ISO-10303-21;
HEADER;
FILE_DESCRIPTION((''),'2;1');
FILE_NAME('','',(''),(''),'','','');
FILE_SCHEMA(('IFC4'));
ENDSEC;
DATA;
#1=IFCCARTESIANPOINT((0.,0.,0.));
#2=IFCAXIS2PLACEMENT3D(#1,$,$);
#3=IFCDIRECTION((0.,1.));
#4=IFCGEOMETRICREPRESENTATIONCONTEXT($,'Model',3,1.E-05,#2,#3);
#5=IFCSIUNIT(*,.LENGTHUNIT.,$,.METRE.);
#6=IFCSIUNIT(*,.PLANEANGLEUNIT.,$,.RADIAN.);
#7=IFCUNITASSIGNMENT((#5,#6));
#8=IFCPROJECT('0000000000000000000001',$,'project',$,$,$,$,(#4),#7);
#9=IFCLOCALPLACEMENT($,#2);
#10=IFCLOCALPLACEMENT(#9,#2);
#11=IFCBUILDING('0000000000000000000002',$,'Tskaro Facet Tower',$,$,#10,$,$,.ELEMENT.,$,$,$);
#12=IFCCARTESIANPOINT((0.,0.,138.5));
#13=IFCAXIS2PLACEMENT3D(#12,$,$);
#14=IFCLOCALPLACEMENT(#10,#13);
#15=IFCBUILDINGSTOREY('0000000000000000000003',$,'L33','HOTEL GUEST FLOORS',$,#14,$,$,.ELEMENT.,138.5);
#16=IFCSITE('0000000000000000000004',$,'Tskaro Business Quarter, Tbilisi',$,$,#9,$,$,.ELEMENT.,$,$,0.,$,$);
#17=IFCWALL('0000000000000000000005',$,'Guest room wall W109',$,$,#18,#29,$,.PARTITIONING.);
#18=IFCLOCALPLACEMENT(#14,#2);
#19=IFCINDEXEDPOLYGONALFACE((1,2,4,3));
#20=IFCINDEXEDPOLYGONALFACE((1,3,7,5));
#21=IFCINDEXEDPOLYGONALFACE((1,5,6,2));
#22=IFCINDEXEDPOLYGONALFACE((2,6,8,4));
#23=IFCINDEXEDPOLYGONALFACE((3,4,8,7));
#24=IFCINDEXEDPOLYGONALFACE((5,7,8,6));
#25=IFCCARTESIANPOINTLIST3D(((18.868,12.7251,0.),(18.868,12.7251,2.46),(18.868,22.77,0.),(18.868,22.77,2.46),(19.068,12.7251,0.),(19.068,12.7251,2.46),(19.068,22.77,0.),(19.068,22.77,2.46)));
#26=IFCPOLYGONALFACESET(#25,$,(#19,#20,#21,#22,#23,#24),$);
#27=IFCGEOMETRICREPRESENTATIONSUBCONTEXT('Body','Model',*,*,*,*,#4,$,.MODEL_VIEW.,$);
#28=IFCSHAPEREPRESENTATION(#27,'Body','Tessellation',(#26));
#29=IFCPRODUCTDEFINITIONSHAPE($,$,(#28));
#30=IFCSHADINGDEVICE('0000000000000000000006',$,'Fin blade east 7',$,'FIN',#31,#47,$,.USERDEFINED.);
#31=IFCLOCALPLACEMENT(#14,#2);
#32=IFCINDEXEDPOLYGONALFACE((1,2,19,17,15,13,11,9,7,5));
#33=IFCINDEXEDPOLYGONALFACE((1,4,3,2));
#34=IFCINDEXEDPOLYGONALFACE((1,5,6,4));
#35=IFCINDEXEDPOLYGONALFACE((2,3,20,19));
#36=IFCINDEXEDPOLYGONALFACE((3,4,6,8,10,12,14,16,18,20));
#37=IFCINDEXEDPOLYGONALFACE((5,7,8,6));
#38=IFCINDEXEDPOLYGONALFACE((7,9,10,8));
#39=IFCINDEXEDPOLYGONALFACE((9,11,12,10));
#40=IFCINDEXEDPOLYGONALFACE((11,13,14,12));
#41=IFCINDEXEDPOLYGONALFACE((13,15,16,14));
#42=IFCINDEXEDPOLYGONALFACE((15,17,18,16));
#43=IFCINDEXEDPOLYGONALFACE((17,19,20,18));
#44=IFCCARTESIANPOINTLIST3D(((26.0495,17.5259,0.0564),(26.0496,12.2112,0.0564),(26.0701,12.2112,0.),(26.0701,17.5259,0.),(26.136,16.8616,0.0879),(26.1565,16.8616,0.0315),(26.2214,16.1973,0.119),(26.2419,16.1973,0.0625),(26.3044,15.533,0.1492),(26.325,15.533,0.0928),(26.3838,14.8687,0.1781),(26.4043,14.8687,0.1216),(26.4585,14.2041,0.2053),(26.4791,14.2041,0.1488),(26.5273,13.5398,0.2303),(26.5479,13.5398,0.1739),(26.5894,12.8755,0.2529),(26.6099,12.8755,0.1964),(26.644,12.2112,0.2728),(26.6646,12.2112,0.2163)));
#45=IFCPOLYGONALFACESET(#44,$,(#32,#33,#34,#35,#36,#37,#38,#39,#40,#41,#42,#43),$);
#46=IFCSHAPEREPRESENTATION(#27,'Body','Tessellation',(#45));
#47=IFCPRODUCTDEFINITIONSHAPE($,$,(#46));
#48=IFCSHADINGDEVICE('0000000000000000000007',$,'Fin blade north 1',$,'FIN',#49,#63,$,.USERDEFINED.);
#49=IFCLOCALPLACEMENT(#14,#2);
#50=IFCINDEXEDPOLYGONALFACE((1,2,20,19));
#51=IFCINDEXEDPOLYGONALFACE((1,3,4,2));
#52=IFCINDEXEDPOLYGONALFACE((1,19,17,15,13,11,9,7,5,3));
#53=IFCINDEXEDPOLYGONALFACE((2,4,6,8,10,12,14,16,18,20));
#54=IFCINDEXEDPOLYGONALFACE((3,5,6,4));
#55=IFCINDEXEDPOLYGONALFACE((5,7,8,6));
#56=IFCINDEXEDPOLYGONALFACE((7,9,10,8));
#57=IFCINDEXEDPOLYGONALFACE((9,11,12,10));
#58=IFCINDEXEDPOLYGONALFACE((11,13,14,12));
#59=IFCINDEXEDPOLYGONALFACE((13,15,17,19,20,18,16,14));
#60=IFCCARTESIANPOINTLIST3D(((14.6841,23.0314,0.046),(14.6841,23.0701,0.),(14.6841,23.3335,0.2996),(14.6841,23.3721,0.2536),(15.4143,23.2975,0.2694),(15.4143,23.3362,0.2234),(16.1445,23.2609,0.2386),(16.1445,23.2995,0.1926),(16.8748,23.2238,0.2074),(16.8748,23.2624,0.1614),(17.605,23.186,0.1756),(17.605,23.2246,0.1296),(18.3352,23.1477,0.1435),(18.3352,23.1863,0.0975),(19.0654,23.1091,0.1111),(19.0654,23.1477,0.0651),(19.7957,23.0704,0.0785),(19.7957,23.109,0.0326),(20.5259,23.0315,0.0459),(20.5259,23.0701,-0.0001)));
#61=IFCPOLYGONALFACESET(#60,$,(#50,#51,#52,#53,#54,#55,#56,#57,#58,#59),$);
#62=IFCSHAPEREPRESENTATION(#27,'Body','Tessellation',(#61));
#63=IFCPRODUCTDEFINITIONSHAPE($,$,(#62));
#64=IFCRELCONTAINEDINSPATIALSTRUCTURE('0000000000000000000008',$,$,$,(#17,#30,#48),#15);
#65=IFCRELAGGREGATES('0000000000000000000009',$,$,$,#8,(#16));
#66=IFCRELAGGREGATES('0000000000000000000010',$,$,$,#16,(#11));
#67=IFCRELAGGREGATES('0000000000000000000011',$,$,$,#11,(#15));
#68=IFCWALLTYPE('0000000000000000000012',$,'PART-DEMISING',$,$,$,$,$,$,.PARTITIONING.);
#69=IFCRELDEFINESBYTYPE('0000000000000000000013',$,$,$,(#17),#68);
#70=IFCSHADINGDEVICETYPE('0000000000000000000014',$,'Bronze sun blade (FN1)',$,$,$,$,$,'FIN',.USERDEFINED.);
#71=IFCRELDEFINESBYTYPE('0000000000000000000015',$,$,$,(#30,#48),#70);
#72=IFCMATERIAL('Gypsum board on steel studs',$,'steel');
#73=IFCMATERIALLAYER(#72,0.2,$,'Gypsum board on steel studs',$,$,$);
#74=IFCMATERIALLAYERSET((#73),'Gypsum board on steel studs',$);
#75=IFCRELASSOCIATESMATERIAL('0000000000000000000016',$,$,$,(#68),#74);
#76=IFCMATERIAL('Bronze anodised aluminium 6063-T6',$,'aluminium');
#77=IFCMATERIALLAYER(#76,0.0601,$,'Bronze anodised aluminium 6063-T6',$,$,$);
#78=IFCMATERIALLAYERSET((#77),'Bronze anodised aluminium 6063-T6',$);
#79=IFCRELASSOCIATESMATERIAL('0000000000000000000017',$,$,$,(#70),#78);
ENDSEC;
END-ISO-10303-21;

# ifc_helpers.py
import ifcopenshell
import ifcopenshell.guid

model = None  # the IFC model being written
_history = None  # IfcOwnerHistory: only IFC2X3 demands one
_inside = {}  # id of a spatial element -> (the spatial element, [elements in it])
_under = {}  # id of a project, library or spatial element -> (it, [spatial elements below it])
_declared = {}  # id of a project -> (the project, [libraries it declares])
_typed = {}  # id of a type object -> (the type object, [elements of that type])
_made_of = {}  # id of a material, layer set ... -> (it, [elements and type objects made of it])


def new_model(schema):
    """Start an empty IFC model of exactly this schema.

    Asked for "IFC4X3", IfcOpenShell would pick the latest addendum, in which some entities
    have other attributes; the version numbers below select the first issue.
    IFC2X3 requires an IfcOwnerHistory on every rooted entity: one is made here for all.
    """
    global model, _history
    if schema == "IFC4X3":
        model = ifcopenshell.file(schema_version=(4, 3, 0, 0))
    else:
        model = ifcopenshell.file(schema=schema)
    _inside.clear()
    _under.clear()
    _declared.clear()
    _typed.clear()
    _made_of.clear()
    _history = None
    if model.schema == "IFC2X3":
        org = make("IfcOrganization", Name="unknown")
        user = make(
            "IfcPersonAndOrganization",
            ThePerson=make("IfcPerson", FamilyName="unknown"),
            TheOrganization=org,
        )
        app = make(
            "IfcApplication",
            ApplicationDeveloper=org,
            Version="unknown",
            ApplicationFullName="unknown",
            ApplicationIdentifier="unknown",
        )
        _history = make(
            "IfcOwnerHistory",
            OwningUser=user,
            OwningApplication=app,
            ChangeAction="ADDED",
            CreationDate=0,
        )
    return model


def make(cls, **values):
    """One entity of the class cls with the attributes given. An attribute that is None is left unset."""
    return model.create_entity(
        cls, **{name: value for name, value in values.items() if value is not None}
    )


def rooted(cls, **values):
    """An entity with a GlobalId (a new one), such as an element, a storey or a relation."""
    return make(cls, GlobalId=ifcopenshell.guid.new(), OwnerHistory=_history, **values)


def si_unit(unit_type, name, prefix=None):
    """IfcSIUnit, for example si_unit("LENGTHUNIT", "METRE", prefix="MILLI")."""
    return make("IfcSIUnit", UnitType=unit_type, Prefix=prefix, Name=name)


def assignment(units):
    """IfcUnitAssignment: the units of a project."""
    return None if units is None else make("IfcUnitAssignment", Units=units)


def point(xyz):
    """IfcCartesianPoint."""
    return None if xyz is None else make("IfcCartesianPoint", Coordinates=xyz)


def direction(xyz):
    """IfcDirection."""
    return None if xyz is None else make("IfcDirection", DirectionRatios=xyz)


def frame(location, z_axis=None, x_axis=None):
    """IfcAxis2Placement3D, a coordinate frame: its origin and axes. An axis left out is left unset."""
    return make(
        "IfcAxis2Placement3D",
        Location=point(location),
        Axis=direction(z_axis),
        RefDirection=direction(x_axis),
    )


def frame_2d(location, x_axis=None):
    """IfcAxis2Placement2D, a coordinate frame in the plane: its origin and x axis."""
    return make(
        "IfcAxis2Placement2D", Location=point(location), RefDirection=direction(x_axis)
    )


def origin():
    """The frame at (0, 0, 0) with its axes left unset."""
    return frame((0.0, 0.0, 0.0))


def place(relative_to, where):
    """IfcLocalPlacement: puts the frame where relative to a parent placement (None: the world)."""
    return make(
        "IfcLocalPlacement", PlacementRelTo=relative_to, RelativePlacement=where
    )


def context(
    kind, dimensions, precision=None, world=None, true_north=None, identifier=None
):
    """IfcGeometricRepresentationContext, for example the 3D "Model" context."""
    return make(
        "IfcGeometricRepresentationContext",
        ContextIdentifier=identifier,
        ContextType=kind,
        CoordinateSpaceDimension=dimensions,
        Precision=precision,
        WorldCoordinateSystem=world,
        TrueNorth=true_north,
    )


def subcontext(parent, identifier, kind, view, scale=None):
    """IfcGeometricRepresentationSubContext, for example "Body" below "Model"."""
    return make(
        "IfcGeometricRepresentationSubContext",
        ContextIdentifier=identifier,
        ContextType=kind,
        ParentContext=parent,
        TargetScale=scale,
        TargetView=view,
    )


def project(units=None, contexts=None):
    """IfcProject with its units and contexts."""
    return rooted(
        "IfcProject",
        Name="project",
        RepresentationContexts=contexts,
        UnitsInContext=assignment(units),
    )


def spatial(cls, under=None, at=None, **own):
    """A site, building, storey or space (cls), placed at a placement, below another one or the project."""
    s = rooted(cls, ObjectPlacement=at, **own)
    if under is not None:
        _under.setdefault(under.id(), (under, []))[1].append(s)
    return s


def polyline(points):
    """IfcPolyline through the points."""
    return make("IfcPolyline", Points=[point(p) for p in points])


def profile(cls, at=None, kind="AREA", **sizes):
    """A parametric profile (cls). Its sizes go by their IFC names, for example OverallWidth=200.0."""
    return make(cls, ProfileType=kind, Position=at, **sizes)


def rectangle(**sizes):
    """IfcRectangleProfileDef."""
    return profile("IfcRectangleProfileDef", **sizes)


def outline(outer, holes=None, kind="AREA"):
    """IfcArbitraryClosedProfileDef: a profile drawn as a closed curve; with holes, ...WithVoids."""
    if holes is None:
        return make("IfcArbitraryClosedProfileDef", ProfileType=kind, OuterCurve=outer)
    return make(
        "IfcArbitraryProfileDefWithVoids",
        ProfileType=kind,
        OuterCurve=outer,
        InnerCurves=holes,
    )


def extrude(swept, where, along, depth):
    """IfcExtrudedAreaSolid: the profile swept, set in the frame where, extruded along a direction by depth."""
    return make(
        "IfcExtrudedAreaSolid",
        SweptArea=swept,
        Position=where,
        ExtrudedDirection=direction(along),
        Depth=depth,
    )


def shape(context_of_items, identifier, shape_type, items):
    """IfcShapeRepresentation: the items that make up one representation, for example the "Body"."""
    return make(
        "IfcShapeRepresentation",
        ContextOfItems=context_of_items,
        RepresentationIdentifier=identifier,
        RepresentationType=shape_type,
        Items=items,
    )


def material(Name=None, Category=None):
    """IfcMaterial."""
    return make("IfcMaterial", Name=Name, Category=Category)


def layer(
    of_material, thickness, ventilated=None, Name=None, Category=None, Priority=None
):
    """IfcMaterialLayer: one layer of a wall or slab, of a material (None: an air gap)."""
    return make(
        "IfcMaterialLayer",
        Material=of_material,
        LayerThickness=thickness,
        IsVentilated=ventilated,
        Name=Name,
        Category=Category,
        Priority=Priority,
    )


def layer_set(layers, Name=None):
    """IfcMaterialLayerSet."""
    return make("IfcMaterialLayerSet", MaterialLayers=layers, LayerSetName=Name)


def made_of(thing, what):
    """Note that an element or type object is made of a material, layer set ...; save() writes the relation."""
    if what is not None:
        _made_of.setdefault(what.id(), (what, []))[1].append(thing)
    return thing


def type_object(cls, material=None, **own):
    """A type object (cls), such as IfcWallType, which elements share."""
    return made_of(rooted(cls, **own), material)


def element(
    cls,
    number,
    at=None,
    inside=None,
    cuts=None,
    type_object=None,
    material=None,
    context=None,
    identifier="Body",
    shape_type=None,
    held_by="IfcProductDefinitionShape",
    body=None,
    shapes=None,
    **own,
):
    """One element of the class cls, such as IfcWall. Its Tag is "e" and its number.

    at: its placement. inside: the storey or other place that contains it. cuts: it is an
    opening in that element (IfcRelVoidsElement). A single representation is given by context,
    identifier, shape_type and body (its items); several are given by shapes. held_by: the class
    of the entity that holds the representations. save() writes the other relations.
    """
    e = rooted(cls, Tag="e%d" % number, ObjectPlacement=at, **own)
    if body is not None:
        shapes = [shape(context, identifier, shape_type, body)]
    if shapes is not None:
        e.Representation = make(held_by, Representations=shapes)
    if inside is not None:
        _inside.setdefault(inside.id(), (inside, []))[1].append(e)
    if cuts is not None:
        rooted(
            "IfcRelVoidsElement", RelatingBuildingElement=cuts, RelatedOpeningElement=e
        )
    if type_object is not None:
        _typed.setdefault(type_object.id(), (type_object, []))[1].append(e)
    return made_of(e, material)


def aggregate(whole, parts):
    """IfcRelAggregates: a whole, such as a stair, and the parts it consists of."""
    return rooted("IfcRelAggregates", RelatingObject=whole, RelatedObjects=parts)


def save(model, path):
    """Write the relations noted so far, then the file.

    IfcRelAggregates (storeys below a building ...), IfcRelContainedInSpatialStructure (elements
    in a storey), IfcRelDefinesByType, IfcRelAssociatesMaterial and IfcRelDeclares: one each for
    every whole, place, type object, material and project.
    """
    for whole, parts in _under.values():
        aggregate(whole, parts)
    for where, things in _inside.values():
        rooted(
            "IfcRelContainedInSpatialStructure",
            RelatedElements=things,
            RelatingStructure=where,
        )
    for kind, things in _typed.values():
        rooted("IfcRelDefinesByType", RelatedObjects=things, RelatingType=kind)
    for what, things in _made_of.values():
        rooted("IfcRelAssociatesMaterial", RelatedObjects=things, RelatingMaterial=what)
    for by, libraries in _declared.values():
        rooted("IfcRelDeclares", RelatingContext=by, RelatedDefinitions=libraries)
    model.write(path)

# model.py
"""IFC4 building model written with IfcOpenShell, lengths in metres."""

from ifc_helpers import new_model, si_unit, direction, frame, frame_2d, origin, place, context, subcontext, project, spatial, polyline, rectangle, outline, extrude, material, layer, layer_set, type_object, element, save


model = new_model("IFC4")

# Units and contexts
model_context = context("Model", 3, precision=1e-05, world=origin(), true_north=direction((0.0, 1.0)))
body_context = subcontext(model_context, "Body", "Model", "MODEL_VIEW")
ifc_project = project(units=[si_unit("LENGTHUNIT", "METRE"), si_unit("PLANEANGLEUNIT", "RADIAN")], contexts=[model_context])

# Site, building, storey
site_placement = place(None, origin())
site = spatial("IfcSite", under=ifc_project, at=site_placement, Name="Tskaro Business Quarter, Tbilisi", CompositionType="ELEMENT", RefElevation=0.0)
building_placement = place(site_placement, origin())
building = spatial("IfcBuilding", under=site, at=building_placement, Name="Tskaro Facet Tower", CompositionType="ELEMENT")
storey_placement = place(building_placement, frame((0.0, 0.0, 138.5)))
storey = spatial("IfcBuildingStorey", under=building, at=storey_placement, Name="L33", Description="HOTEL GUEST FLOORS", CompositionType="ELEMENT", Elevation=138.5)

# Shared definitions
ifc_material_1 = material(Name="Bronze anodised aluminium 6063-T6", Category="aluminium")

# Shared definitions
ifc_material_2 = material(Name="Gypsum board on steel studs", Category="steel")

# Wall
ifc_layer_1 = layer(ifc_material_2, 0.2, Name="Gypsum board on steel studs")
ifc_layer_set_1 = layer_set([ifc_layer_1], Name="Gypsum board on steel studs")
wall_type_1 = type_object("IfcWallType", Name="PART-DEMISING", PredefinedType="PARTITIONING", material=ifc_layer_set_1)
wall_1_placement = place(storey_placement, frame((18.968, 12.7251, 0.0), z_axis=(0.0, 0.0, 1.0), x_axis=(0.0, 1.0, 0.0)))
element("IfcWall", 1, at=wall_1_placement, inside=storey, type_object=wall_type_1, Name="Guest room wall W109", PredefinedType="PARTITIONING", context=body_context, shape_type="SweptSolid", body=[
    extrude(rectangle(XDim=10.0449, YDim=0.2, at=frame_2d((5.0225, 0.0))), origin(), (0.0, 0.0, 1.0), 2.46),
])

# Shading devices
ifc_layer_2 = layer(ifc_material_1, 0.0601, Name="Bronze anodised aluminium 6063-T6")
ifc_layer_set_2 = layer_set([ifc_layer_2], Name="Bronze anodised aluminium 6063-T6")
shading_device_type = type_object("IfcShadingDeviceType", Name="Bronze sun blade (FN1)", ElementType="FIN", PredefinedType="USERDEFINED", material=ifc_layer_set_2)
shading_device_1_placement = place(storey_placement, frame((26.0496, 12.2112, 0.0564), z_axis=(-0.342008, -0.000009, 0.939697), x_axis=(-0.000003, 1.0, 0.000008)))
element("IfcShadingDevice", 2, at=shading_device_1_placement, inside=storey, type_object=shading_device_type, Name="Fin blade east 7", ObjectType="FIN", PredefinedType="USERDEFINED", context=body_context, shape_type="SweptSolid", body=[
    extrude(outline(polyline([(0.0, 0.0), (5.3147, 0.0), (4.6504, -0.092), (3.9861, -0.1829), (3.3218, -0.2712), (2.6575, -0.3557), (1.9929, -0.4352), (1.3286, -0.5084), (0.6643, -0.5745), (0.0, -0.6326), (0.0, 0.0)])), origin(), (0.0, 0.0, -1.0), 0.0601),
])
shading_device_2_placement = place(storey_placement, frame((20.5259, 23.0315, 0.0459), z_axis=(0.000016, -0.642977, 0.765885), x_axis=(-1.0, -0.00001, 0.000012)))
element("IfcShadingDevice", 3, at=shading_device_2_placement, inside=storey, type_object=shading_device_type, Name="Fin blade north 1", ObjectType="FIN", PredefinedType="USERDEFINED", context=body_context, shape_type="SweptSolid", body=[
    extrude(outline(polyline([(0.0, 0.0), (5.8418, 0.0), (5.8418, -0.3944), (5.1116, -0.3474), (4.3813, -0.2996), (3.6511, -0.2511), (2.9209, -0.2017), (2.1907, -0.1518), (1.4604, -0.1014), (0.7302, -0.0508), (0.0, 0.0)])), origin(), (0.0, 0.0, -1.0), 0.0601),
])

save(model, "model.ifc")
